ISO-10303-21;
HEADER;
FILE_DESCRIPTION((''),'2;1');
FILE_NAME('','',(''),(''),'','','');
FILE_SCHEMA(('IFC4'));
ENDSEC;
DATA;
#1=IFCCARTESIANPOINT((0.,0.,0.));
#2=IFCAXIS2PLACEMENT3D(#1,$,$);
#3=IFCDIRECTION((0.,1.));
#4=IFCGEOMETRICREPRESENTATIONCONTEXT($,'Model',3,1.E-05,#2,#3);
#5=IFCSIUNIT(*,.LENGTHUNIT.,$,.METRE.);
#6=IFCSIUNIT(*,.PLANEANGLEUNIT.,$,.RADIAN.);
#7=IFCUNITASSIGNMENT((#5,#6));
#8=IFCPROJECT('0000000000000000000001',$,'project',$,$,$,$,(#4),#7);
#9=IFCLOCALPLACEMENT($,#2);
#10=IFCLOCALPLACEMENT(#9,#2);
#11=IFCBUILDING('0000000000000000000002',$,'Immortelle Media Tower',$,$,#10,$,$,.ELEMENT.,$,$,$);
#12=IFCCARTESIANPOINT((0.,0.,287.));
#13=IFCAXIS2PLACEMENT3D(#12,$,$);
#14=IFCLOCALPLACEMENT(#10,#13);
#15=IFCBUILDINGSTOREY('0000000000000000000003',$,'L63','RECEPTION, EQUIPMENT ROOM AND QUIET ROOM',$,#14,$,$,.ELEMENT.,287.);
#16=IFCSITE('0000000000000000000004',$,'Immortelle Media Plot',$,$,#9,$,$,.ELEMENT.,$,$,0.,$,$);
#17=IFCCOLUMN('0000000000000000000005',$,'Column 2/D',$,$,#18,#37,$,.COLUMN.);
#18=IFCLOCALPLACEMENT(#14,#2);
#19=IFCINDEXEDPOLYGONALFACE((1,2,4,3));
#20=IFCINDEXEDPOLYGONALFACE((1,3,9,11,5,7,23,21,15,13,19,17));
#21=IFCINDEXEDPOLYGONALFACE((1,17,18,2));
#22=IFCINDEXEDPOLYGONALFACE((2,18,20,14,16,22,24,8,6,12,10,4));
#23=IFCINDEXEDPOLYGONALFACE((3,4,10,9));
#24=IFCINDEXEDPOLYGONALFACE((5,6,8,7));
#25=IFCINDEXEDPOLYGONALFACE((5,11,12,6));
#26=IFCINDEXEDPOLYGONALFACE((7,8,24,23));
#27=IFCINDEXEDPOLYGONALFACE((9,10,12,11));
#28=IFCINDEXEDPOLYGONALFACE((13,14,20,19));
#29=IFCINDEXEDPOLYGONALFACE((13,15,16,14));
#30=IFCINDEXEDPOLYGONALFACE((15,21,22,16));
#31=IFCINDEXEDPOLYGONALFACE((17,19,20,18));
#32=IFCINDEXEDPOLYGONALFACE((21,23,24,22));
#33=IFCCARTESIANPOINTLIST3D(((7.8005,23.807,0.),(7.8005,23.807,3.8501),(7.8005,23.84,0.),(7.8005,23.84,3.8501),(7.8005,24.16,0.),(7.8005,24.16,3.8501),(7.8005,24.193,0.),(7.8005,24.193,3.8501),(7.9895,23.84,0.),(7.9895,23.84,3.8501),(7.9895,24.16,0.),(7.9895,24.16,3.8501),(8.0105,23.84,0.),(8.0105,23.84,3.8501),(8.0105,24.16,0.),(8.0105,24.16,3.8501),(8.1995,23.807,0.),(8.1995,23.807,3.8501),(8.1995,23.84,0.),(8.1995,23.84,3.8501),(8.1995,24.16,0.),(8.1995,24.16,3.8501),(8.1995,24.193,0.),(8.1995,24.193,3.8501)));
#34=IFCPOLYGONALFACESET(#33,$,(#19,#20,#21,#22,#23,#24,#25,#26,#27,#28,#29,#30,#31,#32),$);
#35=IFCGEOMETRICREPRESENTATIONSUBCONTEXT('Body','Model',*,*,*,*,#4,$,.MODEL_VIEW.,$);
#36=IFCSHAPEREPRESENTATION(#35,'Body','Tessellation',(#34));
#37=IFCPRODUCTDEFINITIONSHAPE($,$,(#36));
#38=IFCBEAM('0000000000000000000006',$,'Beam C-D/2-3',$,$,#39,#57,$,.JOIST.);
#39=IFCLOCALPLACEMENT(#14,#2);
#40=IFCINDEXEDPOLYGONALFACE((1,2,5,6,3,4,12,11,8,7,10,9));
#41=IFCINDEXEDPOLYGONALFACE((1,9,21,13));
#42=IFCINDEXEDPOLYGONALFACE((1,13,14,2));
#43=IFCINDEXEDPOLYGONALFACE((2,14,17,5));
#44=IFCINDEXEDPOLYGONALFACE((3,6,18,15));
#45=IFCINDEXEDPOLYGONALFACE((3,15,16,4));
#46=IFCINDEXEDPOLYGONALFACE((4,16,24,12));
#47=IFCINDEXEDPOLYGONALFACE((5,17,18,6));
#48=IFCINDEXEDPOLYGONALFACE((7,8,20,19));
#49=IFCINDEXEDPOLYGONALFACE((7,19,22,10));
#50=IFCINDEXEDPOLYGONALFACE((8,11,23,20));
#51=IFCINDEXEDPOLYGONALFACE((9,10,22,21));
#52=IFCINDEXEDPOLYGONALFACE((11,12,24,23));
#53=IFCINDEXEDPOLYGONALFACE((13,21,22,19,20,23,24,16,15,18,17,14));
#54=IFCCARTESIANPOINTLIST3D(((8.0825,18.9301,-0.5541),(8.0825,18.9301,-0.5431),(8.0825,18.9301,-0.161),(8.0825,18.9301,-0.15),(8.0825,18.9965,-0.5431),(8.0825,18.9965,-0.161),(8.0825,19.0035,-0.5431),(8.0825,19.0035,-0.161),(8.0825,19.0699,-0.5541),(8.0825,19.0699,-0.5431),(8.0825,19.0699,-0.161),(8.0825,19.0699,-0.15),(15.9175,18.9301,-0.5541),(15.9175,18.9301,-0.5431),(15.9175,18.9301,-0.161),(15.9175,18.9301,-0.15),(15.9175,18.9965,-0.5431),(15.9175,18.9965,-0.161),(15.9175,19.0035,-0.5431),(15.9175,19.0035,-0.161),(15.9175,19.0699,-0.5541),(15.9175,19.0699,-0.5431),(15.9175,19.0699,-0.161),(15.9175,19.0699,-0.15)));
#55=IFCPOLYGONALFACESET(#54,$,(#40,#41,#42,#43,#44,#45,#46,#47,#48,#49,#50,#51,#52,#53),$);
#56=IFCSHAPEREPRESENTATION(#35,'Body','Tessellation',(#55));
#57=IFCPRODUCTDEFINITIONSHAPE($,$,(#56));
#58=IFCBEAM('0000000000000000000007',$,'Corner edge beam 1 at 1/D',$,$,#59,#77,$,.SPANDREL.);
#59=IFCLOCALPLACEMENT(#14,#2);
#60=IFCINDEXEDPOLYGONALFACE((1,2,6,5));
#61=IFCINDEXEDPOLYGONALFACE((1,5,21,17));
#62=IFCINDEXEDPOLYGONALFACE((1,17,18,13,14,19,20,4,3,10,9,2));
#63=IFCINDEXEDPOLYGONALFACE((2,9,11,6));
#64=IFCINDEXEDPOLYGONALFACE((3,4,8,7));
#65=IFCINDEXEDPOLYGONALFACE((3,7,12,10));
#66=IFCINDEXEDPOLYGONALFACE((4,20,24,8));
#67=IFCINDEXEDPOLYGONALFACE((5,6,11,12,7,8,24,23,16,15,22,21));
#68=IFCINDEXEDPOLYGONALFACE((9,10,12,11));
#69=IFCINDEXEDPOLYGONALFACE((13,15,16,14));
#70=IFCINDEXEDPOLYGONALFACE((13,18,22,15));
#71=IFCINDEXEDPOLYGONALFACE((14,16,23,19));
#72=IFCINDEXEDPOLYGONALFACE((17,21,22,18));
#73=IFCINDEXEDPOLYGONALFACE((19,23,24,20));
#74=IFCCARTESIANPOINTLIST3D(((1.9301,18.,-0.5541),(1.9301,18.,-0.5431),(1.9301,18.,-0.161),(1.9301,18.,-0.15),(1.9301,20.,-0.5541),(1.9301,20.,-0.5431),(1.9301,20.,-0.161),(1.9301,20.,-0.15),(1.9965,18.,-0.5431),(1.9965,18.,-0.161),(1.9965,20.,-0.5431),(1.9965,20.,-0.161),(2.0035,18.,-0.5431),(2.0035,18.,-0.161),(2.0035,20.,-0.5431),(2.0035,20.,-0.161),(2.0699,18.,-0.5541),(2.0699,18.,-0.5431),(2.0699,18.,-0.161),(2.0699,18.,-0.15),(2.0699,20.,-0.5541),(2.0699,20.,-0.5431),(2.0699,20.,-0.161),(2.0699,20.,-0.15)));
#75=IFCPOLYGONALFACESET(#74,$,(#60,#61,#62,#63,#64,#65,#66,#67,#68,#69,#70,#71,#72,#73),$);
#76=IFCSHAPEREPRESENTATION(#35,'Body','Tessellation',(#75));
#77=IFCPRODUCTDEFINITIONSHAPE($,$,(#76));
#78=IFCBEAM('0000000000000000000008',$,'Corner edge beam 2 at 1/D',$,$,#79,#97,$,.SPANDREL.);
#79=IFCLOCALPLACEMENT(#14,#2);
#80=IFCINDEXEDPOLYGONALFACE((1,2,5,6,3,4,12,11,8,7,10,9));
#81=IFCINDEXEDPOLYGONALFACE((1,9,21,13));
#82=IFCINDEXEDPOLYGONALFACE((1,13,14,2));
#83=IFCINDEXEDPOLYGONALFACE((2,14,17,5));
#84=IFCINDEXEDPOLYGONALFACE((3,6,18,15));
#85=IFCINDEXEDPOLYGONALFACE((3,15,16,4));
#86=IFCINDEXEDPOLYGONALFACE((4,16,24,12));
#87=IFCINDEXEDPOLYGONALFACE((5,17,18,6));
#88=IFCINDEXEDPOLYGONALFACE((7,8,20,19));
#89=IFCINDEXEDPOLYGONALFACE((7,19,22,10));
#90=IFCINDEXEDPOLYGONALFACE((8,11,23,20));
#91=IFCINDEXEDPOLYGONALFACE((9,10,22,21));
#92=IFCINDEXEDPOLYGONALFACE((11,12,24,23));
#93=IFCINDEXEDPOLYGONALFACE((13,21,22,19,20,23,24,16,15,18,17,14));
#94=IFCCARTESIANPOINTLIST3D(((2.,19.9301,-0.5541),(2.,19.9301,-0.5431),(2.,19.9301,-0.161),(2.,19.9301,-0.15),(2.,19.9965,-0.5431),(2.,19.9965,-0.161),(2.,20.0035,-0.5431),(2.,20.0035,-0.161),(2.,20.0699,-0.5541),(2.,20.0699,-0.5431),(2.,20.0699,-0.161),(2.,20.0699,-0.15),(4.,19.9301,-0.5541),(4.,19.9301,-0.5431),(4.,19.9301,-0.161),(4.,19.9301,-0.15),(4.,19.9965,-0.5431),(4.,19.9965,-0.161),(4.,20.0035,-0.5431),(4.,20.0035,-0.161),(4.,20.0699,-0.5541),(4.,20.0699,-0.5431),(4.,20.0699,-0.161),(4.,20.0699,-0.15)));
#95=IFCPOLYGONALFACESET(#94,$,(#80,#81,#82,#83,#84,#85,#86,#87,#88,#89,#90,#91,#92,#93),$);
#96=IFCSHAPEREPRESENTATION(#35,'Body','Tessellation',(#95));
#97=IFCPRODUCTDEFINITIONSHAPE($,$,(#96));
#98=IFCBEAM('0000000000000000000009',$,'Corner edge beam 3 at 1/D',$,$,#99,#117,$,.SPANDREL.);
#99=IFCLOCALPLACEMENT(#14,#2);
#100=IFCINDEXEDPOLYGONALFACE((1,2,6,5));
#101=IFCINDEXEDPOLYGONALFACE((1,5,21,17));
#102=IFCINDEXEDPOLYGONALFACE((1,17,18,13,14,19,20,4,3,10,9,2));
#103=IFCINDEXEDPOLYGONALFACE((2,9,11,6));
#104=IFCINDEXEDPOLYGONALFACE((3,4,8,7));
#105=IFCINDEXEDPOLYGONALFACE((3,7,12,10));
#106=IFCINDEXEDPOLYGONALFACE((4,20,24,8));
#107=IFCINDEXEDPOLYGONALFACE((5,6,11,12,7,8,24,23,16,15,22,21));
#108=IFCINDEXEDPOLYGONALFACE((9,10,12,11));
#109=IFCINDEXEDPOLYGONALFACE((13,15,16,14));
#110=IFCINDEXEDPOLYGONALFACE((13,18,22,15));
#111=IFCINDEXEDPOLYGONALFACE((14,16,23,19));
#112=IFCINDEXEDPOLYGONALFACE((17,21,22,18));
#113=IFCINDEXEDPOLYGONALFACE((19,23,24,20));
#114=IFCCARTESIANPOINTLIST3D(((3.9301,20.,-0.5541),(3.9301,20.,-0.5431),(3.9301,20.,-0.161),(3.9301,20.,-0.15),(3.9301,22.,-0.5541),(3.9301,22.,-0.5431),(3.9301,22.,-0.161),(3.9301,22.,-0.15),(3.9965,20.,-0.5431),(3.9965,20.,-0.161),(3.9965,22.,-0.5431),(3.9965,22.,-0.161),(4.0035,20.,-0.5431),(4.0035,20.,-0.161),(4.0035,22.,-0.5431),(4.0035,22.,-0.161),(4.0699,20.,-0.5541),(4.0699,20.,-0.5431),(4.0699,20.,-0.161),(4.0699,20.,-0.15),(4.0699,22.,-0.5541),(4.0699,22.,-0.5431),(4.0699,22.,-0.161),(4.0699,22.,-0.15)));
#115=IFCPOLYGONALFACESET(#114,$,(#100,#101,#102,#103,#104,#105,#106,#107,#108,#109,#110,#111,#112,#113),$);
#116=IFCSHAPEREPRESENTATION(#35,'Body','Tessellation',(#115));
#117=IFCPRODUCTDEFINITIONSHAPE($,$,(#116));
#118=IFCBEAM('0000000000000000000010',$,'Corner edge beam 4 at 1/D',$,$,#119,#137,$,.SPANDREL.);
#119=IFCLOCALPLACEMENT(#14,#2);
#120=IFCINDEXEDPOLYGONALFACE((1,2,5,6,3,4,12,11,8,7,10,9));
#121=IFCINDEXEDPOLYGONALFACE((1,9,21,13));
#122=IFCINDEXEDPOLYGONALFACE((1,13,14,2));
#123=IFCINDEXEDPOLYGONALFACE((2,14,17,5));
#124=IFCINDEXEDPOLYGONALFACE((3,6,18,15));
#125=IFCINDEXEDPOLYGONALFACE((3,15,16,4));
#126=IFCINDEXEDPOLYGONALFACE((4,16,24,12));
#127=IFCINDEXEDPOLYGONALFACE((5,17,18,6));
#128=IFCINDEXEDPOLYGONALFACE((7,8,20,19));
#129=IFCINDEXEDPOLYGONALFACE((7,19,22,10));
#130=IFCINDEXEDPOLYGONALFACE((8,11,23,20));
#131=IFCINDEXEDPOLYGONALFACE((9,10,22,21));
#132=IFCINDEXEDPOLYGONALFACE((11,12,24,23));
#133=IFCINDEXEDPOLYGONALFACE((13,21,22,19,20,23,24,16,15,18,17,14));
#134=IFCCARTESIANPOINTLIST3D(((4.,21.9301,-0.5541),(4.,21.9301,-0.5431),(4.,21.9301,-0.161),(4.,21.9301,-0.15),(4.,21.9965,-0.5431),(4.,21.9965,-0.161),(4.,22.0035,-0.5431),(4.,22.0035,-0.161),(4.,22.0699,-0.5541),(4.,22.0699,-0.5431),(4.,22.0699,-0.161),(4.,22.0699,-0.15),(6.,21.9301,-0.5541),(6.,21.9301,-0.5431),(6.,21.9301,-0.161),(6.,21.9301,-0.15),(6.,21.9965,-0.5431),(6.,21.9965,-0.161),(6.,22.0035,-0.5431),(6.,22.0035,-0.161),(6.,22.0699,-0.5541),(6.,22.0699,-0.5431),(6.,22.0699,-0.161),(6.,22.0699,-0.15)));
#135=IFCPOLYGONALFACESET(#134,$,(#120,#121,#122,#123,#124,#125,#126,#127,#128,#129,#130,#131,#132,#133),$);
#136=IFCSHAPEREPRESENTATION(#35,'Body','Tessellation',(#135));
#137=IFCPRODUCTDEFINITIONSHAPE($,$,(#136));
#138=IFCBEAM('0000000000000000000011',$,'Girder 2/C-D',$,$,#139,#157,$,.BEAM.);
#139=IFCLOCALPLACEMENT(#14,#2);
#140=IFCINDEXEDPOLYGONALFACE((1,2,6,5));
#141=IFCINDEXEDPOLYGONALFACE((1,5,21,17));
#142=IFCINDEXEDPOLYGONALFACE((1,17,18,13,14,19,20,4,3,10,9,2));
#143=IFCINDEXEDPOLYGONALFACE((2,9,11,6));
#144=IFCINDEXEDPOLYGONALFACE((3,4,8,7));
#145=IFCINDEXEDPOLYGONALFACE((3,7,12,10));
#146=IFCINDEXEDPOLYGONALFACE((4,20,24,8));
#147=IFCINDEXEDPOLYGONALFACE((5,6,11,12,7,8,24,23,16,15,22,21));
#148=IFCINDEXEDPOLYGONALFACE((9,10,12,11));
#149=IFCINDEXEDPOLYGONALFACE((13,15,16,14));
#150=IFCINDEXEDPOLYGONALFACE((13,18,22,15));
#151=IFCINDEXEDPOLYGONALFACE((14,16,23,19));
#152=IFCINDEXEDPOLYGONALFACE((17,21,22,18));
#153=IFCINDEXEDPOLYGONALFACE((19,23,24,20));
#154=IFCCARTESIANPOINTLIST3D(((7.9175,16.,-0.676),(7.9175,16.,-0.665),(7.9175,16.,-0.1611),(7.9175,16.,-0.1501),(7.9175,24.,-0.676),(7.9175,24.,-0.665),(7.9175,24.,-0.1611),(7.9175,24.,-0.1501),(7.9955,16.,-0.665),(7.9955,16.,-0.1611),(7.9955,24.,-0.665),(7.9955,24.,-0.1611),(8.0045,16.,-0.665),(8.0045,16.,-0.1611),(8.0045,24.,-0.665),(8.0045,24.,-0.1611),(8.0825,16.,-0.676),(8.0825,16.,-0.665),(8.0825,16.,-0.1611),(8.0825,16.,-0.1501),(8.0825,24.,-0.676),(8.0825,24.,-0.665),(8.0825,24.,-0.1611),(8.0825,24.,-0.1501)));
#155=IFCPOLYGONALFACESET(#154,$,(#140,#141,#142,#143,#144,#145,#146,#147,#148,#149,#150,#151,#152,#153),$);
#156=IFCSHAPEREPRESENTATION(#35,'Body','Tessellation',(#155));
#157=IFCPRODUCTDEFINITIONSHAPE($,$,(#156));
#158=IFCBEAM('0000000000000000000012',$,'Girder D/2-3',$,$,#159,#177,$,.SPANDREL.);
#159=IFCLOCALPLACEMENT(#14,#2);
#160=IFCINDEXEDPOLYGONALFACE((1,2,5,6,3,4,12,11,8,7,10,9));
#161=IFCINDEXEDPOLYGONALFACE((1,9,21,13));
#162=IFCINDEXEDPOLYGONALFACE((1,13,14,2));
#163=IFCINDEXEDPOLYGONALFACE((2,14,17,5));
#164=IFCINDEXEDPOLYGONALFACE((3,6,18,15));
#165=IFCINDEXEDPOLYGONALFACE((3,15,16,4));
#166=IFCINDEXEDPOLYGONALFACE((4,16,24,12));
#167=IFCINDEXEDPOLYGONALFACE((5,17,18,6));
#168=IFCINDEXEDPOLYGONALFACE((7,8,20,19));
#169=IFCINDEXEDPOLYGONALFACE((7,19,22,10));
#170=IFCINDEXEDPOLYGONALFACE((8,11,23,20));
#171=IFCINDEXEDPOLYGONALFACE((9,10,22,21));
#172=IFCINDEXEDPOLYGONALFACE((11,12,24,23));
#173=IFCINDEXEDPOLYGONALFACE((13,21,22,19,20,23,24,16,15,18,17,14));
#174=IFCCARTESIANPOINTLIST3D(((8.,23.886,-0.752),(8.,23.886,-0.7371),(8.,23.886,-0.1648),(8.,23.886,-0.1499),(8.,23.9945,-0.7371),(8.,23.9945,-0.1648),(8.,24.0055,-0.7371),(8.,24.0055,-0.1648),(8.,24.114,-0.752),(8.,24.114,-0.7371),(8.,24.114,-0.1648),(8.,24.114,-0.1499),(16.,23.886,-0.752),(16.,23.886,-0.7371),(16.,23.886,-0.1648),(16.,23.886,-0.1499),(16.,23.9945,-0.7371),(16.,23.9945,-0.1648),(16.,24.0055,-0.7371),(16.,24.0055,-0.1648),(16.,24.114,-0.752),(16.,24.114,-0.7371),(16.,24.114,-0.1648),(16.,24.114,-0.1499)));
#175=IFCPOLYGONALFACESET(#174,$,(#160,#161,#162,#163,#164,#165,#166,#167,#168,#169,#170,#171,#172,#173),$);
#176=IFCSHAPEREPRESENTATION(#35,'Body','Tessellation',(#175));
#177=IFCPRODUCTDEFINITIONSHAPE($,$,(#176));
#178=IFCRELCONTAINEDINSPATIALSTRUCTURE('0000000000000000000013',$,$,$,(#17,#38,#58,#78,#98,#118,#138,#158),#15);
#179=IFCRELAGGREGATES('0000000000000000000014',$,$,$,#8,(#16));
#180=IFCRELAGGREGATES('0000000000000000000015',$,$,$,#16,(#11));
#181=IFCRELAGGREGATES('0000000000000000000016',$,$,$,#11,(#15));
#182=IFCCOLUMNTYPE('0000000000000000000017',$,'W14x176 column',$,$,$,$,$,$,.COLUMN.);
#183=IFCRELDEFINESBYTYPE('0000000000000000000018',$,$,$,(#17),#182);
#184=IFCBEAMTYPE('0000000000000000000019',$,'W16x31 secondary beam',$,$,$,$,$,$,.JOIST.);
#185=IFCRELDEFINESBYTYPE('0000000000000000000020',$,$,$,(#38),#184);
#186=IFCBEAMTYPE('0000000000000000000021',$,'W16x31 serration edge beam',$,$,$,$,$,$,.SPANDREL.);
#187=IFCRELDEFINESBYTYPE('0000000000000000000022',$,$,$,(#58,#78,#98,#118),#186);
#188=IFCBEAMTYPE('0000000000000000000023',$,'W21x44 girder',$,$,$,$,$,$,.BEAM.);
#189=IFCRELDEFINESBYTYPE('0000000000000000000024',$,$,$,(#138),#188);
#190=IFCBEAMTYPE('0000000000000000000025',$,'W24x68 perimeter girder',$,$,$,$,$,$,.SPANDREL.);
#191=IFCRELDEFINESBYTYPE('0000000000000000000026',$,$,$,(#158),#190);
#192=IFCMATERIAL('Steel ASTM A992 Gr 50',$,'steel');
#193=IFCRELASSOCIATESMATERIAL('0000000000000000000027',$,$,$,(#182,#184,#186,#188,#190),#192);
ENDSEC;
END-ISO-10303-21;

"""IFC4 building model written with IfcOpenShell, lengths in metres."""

from ifc_helpers import new_model, si_unit, direction, frame, origin, origin_2d, place, context, subcontext, project, spatial, i_section, extrude, material, material_profile, profile_set, type_object, element, save


model = new_model("IFC4")

# Units and contexts
model_context = context("Model", 3, precision=1e-05, world=origin(), true_north=direction((0.0, 1.0)))
body_context = subcontext(model_context, "Body", "Model", "MODEL_VIEW")
ifc_project = project(units=[si_unit("LENGTHUNIT", "METRE"), si_unit("PLANEANGLEUNIT", "RADIAN")], contexts=[model_context])

# Site, building, storey
site_placement = place(None, origin())
site = spatial("IfcSite", under=ifc_project, at=site_placement, Name="Immortelle Media Plot", CompositionType="ELEMENT", RefElevation=0.0)
building_placement = place(site_placement, origin())
building = spatial("IfcBuilding", under=site, at=building_placement, Name="Immortelle Media Tower", CompositionType="ELEMENT")
storey_placement = place(building_placement, frame((0.0, 0.0, 287.0)))
storey = spatial("IfcBuildingStorey", under=building, at=storey_placement, Name="L63", Description="RECEPTION, EQUIPMENT ROOM AND QUIET ROOM", CompositionType="ELEMENT", Elevation=287.0)

# Column
ifc_material_1 = material(Name="Steel ASTM A992 Gr 50", Category="steel")
ifc_material_profile_1 = material_profile(ifc_material_1, i_section(OverallWidth=0.3989, OverallDepth=0.386, WebThickness=0.021, FlangeThickness=0.033, at=origin_2d()), Name="W14x176")
ifc_profile_set_1 = profile_set([ifc_material_profile_1], Name="Steel ASTM A992 Gr 50")
column_type = type_object("IfcColumnType", Name="W14x176 column", PredefinedType="COLUMN", material=ifc_profile_set_1)
column_placement = place(storey_placement, frame((8.0, 24.0, 0.0), z_axis=(0.0, 0.0, 1.0), x_axis=(1.0, 0.0, 0.0)))
element("IfcColumn", 1, at=column_placement, inside=storey, type_object=column_type, Name="Column 2/D", PredefinedType="COLUMN", context=body_context, shape_type="SweptSolid", body=[
    extrude(i_section(OverallWidth=0.3989, OverallDepth=0.386, WebThickness=0.021, FlangeThickness=0.033, at=origin_2d()), origin(), (0.0, 0.0, 1.0), 3.8501),
])

# Beams
ifc_material_profile_2 = material_profile(ifc_material_1, i_section(OverallWidth=0.1399, OverallDepth=0.4041, WebThickness=0.0071, FlangeThickness=0.011, at=origin_2d()), Name="W16x31")
ifc_profile_set_2 = profile_set([ifc_material_profile_2], Name="Steel ASTM A992 Gr 50")
beam_type_1 = type_object("IfcBeamType", Name="W16x31 secondary beam", PredefinedType="JOIST", material=ifc_profile_set_2)
beam_1_placement = place(storey_placement, frame((8.0825, 19.0, -0.3521), z_axis=(1.0, 0.0, 0.0), x_axis=(0.0, 1.0, 0.0)))
element("IfcBeam", 2, at=beam_1_placement, inside=storey, type_object=beam_type_1, Name="Beam C-D/2-3", PredefinedType="JOIST", context=body_context, shape_type="SweptSolid", body=[
    extrude(i_section(OverallWidth=0.1399, OverallDepth=0.4041, WebThickness=0.0071, FlangeThickness=0.011, at=origin_2d()), origin(), (0.0, 0.0, 1.0), 7.835),
])
ifc_material_profile_3 = material_profile(ifc_material_1, i_section(OverallWidth=0.1399, OverallDepth=0.4041, WebThickness=0.0071, FlangeThickness=0.011, at=origin_2d()), Name="W16x31")
ifc_profile_set_3 = profile_set([ifc_material_profile_3], Name="Steel ASTM A992 Gr 50")
beam_type_2 = type_object("IfcBeamType", Name="W16x31 serration edge beam", PredefinedType="SPANDREL", material=ifc_profile_set_3)
for number, where, z_axis, x_axis, name in (
    (3, (2.0, 18.0, -0.3521), (0.0, 1.0, 0.0), (-1.0, 0.0, 0.0), "Corner edge beam 1 at 1/D"),
    (4, (2.0, 20.0, -0.3521), (1.0, 0.0, 0.0), (0.0, 1.0, 0.0), "Corner edge beam 2 at 1/D"),
    (5, (4.0, 20.0, -0.3521), (0.0, 1.0, 0.0), (-1.0, 0.0, 0.0), "Corner edge beam 3 at 1/D"),
    (6, (4.0, 22.0, -0.3521), (1.0, 0.0, 0.0), (0.0, 1.0, 0.0), "Corner edge beam 4 at 1/D"),
):
    element("IfcBeam", number, at=place(storey_placement, frame(where, z_axis=z_axis, x_axis=x_axis)), inside=storey, type_object=beam_type_2, Name=name, PredefinedType="SPANDREL", context=body_context, shape_type="SweptSolid", body=[
        extrude(i_section(OverallWidth=0.1399, OverallDepth=0.4041, WebThickness=0.0071, FlangeThickness=0.011, at=origin_2d()), origin(), (0.0, 0.0, 1.0), 2.0),
    ])
ifc_material_profile_4 = material_profile(ifc_material_1, i_section(OverallWidth=0.165, OverallDepth=0.5259, WebThickness=0.009, FlangeThickness=0.011, at=origin_2d()), Name="W21x44")
ifc_profile_set_4 = profile_set([ifc_material_profile_4], Name="Steel ASTM A992 Gr 50")
beam_type_3 = type_object("IfcBeamType", Name="W21x44 girder", PredefinedType="BEAM", material=ifc_profile_set_4)
beam_2_placement = place(storey_placement, frame((8.0, 16.0, -0.4131), z_axis=(0.0, 1.0, 0.0), x_axis=(-1.0, 0.0, 0.0)))
element("IfcBeam", 7, at=beam_2_placement, inside=storey, type_object=beam_type_3, Name="Girder 2/C-D", PredefinedType="BEAM", context=body_context, shape_type="SweptSolid", body=[
    extrude(i_section(OverallWidth=0.165, OverallDepth=0.5259, WebThickness=0.009, FlangeThickness=0.011, at=origin_2d()), origin(), (0.0, 0.0, 1.0), 8.0),
])
ifc_material_profile_5 = material_profile(ifc_material_1, i_section(OverallWidth=0.228, OverallDepth=0.6021, WebThickness=0.011, FlangeThickness=0.0149, at=origin_2d()), Name="W24x68")
ifc_profile_set_5 = profile_set([ifc_material_profile_5], Name="Steel ASTM A992 Gr 50")
beam_type_4 = type_object("IfcBeamType", Name="W24x68 perimeter girder", PredefinedType="SPANDREL", material=ifc_profile_set_5)
beam_3_placement = place(storey_placement, frame((8.0, 24.0, -0.4509), z_axis=(1.0, 0.0, 0.0), x_axis=(0.0, 1.0, 0.0)))
element("IfcBeam", 8, at=beam_3_placement, inside=storey, type_object=beam_type_4, Name="Girder D/2-3", PredefinedType="SPANDREL", context=body_context, shape_type="SweptSolid", body=[
    extrude(i_section(OverallWidth=0.228, OverallDepth=0.6021, WebThickness=0.011, FlangeThickness=0.0149, at=origin_2d()), origin(), (0.0, 0.0, 1.0), 8.0),
])

save(model, "model.ifc")
